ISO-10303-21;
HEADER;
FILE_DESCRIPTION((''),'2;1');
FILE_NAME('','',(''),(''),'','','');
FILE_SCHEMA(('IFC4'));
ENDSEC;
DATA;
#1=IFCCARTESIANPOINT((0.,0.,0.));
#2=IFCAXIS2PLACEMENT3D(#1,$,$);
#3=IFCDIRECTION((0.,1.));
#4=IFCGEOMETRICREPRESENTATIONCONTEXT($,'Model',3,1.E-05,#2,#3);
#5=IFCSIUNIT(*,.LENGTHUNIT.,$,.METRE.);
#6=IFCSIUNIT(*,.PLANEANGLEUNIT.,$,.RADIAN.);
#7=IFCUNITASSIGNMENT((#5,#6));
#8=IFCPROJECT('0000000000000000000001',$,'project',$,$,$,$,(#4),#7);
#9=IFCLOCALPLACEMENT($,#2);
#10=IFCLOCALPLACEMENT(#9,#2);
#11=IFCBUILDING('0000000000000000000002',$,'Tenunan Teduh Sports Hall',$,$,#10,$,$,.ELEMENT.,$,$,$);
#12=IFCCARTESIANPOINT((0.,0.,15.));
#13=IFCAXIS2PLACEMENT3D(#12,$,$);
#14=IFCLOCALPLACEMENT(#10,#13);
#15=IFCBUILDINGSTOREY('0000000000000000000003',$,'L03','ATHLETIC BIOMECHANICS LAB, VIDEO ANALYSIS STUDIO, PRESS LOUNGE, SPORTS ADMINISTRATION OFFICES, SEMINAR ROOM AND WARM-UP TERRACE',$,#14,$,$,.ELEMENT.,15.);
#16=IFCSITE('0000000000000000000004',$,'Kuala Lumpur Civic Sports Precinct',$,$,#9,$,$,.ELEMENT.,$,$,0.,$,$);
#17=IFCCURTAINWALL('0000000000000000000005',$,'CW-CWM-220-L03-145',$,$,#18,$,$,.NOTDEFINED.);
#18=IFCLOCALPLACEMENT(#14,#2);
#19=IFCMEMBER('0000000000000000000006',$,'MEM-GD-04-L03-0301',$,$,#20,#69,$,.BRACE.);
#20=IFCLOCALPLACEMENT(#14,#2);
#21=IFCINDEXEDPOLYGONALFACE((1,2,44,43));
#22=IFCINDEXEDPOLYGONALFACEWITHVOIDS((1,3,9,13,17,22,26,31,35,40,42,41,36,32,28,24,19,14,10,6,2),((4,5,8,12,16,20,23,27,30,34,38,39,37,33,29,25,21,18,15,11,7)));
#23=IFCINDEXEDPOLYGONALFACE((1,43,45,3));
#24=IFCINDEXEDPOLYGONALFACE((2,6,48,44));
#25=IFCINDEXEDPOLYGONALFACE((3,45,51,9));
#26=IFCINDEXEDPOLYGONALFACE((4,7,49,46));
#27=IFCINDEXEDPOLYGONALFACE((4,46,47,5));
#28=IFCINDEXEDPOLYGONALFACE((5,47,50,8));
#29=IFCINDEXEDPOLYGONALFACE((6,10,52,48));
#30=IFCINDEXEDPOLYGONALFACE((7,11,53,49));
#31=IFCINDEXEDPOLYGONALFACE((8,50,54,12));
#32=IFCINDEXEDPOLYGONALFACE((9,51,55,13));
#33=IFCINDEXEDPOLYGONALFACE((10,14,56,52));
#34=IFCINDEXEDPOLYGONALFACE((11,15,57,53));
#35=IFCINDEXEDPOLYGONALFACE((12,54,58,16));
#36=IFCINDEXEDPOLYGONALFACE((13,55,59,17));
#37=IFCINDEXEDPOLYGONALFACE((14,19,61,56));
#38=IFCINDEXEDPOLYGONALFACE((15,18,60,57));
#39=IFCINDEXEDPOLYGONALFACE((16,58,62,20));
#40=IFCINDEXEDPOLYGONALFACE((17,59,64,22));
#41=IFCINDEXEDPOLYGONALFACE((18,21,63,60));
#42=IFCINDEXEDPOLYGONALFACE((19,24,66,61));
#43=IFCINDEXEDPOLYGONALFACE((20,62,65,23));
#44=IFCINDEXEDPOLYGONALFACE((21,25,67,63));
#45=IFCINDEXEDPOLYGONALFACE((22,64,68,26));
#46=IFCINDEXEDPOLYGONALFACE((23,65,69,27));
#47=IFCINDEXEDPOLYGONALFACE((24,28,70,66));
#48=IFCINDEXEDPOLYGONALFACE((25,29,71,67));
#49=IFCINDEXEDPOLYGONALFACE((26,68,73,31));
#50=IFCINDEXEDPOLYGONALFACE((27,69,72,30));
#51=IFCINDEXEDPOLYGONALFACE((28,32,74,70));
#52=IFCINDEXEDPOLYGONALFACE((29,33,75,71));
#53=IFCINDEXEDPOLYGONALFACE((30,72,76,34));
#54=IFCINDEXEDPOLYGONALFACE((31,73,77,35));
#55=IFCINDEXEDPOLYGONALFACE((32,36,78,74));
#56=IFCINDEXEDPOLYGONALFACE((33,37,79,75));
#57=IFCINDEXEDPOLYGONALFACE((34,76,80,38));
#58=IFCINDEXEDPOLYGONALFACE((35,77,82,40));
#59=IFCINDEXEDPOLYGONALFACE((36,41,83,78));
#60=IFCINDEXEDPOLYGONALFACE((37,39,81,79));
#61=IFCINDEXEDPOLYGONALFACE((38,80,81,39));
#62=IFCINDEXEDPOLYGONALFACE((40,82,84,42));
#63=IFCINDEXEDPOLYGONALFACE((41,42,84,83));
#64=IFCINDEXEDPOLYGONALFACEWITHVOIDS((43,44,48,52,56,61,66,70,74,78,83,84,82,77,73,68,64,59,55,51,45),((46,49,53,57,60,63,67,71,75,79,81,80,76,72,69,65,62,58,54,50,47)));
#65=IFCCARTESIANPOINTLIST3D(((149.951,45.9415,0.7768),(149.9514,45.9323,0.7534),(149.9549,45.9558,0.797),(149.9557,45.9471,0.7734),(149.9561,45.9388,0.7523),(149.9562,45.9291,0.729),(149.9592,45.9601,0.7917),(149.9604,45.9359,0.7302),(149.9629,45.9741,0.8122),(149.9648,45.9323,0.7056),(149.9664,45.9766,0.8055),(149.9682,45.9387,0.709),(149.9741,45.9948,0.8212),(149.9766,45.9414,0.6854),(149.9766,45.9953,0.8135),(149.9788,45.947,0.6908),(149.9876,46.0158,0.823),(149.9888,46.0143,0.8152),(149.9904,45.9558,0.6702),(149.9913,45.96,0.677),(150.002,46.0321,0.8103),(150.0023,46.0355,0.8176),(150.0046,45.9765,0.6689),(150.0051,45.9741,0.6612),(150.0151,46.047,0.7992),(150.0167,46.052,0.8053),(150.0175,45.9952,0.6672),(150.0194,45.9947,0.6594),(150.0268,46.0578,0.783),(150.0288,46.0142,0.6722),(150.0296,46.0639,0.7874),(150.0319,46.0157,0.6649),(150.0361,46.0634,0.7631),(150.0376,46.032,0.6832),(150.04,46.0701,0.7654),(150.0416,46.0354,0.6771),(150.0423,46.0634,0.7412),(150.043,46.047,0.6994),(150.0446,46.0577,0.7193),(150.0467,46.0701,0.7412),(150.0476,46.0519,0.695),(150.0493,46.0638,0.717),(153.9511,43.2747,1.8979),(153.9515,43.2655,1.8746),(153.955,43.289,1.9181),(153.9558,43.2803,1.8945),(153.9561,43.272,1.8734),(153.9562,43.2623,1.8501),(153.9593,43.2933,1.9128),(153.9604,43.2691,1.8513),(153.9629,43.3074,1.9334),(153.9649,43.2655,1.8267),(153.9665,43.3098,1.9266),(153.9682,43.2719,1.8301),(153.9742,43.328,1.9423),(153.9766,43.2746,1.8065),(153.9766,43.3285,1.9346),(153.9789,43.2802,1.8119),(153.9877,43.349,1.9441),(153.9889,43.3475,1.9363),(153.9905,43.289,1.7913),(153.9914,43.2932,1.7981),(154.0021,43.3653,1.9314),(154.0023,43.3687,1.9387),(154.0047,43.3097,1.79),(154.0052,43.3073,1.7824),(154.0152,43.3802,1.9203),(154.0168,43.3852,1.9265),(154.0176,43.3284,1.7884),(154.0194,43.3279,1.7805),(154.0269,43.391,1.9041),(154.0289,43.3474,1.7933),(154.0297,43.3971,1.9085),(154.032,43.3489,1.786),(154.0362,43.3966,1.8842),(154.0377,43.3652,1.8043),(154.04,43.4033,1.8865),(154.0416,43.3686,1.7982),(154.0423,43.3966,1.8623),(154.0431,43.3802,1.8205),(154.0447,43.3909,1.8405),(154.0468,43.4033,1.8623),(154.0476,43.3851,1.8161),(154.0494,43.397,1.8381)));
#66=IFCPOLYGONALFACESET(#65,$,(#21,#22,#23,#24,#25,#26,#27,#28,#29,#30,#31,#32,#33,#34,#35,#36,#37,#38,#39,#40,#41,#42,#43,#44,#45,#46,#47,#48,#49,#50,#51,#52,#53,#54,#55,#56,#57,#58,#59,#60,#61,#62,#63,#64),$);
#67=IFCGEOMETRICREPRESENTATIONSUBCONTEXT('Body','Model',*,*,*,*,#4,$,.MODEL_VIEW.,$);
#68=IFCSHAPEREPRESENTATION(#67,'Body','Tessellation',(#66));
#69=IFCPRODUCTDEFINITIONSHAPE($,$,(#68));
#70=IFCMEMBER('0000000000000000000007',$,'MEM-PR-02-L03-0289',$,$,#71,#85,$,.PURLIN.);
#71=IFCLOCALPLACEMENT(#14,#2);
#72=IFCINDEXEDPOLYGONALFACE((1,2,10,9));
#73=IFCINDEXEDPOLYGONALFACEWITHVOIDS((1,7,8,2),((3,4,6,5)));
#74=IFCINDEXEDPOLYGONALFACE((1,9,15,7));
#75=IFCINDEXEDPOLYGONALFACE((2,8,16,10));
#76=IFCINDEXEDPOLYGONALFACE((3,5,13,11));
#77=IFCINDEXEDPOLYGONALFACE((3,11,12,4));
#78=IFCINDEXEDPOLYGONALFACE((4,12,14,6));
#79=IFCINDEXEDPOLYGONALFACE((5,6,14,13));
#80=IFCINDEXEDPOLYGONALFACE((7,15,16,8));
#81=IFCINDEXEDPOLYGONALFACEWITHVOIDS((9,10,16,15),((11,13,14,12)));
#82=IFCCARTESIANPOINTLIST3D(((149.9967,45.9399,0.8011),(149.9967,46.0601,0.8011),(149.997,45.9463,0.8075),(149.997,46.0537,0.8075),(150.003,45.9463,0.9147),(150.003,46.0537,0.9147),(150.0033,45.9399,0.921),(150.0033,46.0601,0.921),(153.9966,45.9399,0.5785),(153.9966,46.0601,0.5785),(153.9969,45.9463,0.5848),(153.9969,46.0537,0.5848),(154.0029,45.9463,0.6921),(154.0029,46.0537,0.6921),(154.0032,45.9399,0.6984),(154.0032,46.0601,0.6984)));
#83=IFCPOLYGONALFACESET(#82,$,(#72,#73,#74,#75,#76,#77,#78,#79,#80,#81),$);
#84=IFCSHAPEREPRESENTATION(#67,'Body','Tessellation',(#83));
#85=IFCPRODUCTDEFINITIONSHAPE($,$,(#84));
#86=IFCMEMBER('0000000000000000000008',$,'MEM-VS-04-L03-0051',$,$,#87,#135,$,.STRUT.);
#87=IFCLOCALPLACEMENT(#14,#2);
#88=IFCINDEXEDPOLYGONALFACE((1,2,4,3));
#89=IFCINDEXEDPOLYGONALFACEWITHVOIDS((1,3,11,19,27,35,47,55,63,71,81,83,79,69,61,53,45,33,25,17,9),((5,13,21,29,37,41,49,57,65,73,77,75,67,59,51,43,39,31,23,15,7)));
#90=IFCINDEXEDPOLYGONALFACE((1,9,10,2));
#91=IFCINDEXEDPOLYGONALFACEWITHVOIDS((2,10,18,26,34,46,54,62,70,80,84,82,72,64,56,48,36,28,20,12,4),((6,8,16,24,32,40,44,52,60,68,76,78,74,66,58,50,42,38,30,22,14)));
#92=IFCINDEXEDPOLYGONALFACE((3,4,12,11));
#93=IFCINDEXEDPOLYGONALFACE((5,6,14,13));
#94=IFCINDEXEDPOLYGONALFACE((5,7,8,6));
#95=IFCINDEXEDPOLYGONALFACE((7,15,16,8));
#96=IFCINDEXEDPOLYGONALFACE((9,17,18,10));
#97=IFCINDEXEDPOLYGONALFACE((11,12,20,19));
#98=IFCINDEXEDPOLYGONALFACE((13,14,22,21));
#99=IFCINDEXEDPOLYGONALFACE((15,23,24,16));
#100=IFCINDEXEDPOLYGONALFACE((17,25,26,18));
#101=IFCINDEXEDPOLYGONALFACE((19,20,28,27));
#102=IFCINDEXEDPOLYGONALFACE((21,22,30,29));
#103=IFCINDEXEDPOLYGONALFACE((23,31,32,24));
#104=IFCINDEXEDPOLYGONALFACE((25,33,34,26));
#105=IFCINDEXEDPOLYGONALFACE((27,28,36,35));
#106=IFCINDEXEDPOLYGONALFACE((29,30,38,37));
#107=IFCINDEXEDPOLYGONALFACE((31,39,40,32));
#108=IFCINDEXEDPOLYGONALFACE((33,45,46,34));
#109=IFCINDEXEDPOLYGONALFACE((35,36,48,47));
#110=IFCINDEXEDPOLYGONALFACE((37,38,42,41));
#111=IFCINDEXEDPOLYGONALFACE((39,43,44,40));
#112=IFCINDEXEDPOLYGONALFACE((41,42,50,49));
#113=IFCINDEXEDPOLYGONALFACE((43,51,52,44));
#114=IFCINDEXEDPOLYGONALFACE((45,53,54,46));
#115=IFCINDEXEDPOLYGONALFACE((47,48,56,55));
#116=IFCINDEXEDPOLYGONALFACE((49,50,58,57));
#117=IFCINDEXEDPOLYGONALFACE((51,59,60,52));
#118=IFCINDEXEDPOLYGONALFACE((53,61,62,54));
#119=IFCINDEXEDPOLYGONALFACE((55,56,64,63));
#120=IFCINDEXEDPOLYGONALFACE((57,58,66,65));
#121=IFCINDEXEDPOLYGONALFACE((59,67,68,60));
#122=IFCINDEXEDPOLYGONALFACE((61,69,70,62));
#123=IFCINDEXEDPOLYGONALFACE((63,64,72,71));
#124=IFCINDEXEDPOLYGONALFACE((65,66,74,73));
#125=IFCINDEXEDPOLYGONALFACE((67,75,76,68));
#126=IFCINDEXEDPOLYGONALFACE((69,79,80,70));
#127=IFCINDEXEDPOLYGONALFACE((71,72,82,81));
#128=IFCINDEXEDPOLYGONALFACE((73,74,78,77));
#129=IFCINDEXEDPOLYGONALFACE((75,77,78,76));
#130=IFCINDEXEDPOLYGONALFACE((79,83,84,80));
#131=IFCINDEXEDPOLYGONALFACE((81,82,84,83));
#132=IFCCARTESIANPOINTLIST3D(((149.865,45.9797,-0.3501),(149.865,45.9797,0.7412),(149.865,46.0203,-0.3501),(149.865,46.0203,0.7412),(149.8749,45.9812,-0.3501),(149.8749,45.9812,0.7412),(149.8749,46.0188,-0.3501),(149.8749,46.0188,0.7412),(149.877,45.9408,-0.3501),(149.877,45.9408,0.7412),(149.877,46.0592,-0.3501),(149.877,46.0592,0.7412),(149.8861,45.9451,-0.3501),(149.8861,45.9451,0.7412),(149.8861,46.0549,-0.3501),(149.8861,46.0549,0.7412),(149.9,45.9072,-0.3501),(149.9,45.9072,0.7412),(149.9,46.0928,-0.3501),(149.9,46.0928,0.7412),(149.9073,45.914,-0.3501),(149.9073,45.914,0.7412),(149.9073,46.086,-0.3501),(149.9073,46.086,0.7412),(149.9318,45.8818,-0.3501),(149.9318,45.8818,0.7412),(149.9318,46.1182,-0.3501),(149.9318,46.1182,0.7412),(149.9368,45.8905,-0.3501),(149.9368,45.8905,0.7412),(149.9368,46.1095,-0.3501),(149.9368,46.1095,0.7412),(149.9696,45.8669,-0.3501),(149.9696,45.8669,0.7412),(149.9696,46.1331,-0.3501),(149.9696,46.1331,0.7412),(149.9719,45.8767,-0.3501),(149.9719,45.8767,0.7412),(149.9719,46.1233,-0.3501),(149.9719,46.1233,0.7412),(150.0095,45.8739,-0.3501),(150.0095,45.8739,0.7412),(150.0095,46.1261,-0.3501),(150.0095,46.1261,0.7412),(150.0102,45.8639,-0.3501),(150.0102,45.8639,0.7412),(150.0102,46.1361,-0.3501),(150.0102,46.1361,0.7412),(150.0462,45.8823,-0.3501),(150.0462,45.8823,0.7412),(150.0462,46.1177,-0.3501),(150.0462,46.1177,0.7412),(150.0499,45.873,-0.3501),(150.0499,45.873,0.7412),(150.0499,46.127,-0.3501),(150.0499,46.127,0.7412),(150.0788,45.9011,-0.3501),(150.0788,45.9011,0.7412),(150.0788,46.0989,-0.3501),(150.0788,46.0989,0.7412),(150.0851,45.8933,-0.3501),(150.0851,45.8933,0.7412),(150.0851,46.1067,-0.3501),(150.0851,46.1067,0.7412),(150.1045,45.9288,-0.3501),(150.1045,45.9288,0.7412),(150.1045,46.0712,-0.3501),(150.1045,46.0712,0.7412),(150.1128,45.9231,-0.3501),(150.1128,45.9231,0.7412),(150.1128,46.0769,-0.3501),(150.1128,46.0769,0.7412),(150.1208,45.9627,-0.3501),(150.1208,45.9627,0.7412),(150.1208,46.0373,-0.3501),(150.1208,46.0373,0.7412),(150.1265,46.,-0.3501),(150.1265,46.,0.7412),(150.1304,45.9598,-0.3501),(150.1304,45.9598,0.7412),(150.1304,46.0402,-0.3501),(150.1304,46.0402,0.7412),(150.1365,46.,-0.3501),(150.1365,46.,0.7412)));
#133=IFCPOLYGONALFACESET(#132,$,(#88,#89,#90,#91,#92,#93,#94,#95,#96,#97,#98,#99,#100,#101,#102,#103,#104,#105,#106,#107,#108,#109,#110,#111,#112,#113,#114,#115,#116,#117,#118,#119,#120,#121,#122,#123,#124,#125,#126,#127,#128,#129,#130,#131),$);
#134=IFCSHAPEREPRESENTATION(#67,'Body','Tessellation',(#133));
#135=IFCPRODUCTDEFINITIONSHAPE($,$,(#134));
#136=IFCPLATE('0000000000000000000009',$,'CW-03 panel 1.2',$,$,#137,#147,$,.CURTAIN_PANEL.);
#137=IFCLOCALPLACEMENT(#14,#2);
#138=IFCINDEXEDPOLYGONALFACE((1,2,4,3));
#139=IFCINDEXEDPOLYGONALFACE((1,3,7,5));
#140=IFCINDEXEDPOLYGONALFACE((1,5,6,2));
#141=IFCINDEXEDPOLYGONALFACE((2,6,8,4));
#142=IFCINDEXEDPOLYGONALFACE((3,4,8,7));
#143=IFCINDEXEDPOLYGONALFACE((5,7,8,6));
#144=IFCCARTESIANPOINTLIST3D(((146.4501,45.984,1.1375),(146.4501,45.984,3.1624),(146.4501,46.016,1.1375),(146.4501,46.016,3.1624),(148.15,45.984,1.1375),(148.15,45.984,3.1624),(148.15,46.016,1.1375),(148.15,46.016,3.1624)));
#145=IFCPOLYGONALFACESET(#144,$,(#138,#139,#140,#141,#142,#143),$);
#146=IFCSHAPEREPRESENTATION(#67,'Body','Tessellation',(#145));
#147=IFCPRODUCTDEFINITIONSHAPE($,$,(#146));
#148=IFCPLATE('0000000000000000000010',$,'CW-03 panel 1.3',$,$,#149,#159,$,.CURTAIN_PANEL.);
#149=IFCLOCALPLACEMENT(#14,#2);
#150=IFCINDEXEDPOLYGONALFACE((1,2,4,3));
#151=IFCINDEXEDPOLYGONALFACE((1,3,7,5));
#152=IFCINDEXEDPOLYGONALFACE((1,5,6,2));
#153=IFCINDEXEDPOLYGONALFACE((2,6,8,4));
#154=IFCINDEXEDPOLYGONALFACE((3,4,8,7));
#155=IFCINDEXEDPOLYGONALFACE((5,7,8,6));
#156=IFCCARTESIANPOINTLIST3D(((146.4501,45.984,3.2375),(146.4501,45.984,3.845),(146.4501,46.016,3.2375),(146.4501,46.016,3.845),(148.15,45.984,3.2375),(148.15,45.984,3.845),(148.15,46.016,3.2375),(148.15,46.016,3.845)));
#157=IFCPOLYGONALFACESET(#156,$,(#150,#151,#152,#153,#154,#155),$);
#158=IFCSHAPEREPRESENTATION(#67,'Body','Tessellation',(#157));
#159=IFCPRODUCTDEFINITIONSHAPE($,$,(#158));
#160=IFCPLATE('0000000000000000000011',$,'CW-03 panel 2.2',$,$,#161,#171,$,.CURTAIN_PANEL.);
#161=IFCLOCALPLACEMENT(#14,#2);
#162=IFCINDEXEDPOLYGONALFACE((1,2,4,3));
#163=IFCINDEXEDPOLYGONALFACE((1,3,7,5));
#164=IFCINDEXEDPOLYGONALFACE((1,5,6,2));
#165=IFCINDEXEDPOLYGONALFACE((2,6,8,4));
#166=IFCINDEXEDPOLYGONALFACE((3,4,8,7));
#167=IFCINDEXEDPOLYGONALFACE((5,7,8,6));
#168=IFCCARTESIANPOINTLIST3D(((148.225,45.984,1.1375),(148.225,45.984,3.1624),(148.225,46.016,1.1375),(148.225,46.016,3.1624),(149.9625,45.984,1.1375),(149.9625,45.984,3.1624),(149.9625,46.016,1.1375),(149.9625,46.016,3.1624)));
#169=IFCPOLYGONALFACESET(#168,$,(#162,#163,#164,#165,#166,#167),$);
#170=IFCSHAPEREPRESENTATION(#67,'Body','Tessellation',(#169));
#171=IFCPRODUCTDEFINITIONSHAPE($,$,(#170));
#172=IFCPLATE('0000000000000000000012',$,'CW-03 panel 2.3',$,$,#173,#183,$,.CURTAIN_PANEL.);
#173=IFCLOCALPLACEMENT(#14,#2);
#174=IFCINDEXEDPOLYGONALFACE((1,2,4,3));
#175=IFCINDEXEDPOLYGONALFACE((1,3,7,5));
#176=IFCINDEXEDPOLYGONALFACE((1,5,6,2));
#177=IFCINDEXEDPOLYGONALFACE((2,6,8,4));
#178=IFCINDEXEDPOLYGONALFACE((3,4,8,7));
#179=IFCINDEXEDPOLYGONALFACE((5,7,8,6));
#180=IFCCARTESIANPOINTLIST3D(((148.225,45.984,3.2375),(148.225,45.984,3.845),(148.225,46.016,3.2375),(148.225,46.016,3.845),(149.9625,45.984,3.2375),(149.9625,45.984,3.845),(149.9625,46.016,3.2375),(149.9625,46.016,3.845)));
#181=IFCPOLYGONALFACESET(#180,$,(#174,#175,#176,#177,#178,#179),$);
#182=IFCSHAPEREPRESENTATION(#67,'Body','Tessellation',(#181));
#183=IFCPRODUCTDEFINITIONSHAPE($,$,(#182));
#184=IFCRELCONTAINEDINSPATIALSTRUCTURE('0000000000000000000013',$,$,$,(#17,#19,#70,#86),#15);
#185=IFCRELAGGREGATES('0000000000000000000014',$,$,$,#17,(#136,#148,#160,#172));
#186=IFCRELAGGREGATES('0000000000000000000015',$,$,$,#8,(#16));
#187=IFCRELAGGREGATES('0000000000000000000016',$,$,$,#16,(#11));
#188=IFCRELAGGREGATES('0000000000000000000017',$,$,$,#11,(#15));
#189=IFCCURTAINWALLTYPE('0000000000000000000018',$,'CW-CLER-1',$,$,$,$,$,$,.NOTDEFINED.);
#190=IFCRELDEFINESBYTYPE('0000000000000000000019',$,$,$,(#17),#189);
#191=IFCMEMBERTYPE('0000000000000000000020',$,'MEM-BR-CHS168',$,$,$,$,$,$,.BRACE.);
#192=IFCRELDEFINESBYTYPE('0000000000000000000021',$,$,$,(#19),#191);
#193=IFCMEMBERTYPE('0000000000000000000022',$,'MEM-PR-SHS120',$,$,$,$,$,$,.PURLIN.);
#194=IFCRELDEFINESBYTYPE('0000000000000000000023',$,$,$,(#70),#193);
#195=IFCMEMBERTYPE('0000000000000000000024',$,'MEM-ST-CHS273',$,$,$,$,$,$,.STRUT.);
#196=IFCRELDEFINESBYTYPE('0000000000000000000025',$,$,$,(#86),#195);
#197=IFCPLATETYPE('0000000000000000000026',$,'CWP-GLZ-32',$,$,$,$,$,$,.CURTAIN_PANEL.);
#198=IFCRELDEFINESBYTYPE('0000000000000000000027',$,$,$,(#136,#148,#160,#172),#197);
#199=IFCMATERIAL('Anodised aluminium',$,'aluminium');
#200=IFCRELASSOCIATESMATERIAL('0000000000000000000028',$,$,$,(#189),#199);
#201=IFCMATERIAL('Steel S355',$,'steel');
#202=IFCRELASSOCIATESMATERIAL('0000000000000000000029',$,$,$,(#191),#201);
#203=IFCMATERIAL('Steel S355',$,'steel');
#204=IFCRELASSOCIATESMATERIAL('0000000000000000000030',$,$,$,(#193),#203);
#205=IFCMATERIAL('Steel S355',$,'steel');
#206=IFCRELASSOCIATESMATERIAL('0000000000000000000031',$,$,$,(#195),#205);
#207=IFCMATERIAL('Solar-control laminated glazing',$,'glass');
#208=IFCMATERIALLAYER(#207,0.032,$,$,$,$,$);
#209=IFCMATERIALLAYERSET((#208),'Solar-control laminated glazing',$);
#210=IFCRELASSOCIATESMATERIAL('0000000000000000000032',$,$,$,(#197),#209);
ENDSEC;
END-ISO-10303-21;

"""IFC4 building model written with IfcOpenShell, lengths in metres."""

from ifc_helpers import new_model, si_unit, direction, frame, origin, origin_2d, place, context, subcontext, project, spatial, rectangle, hollow_rectangle, hollow_circle, extrude, material, layer, layer_set, material_profile, profile_set, type_object, element, aggregate, save


model = new_model("IFC4")

# Units and contexts
model_context = context("Model", 3, precision=1e-05, world=origin(), true_north=direction((0.0, 1.0)))
body_context = subcontext(model_context, "Body", "Model", "MODEL_VIEW")
ifc_project = project(units=[si_unit("LENGTHUNIT", "METRE"), si_unit("PLANEANGLEUNIT", "RADIAN")], contexts=[model_context])

# Site, building, storey
site_placement = place(None, origin())
site = spatial("IfcSite", under=ifc_project, at=site_placement, Name="Kuala Lumpur Civic Sports Precinct", CompositionType="ELEMENT", RefElevation=0.0)
building_placement = place(site_placement, origin())
building = spatial("IfcBuilding", under=site, at=building_placement, Name="Tenunan Teduh Sports Hall", CompositionType="ELEMENT")
storey_placement = place(building_placement, frame((0.0, 0.0, 15.0)))
storey = spatial("IfcBuildingStorey", under=building, at=storey_placement, Name="L03", Description="ATHLETIC BIOMECHANICS LAB, VIDEO ANALYSIS STUDIO, PRESS LOUNGE, SPORTS ADMINISTRATION OFFICES, SEMINAR ROOM AND WARM-UP TERRACE", CompositionType="ELEMENT", Elevation=15.0)

# Curtain wall
ifc_material_1 = material(Name="Anodised aluminium", Category="aluminium")
curtain_wall_type = type_object("IfcCurtainWallType", Name="CW-CLER-1", PredefinedType="NOTDEFINED", material=ifc_material_1)
curtain_wall_placement = place(storey_placement, origin())
curtain_wall = element("IfcCurtainWall", 1, at=curtain_wall_placement, inside=storey, type_object=curtain_wall_type, Name="CW-CWM-220-L03-145", PredefinedType="NOTDEFINED")

# Members
ifc_material_2 = material(Name="Steel S355", Category="steel")
ifc_material_profile_1 = material_profile(ifc_material_2, hollow_circle(Radius=0.0842, WallThickness=0.0081, at=origin_2d()), Name="CHS 168.3x8.0")
ifc_profile_set_1 = profile_set([ifc_material_profile_1], Name="Steel S355")
member_type_1 = type_object("IfcMemberType", Name="MEM-BR-CHS168", PredefinedType="BRACE", material=ifc_profile_set_1)
member_1_placement = place(storey_placement, frame((150.0, 46.0, 0.7412), z_axis=(0.810301, -0.540217, 0.227106), x_axis=(0.554712, 0.832042, 0.0)))
element("IfcMember", 2, at=member_1_placement, inside=storey, type_object=member_type_1, Name="MEM-GD-04-L03-0301", PredefinedType="BRACE", context=body_context, shape_type="SweptSolid", body=[
    extrude(hollow_circle(Radius=0.0842, WallThickness=0.0081, at=origin_2d()), origin(), (0.0, 0.0, 1.0), 4.9365),
])
ifc_material_3 = material(Name="Steel S355", Category="steel")
ifc_material_profile_2 = material_profile(ifc_material_3, hollow_rectangle(XDim=0.1201, YDim=0.1201, WallThickness=0.0063, at=origin_2d()), Name="SHS 120x120x6.3")
ifc_profile_set_2 = profile_set([ifc_material_profile_2], Name="Steel S355")
member_type_2 = type_object("IfcMemberType", Name="MEM-PR-SHS120", PredefinedType="PURLIN", material=ifc_profile_set_2)
member_2_placement = place(storey_placement, frame((150.0, 46.0, 0.8611), z_axis=(0.998454, 0.0, -0.055578), x_axis=(0.0, 1.0, 0.0)))
element("IfcMember", 3, at=member_2_placement, inside=storey, type_object=member_type_2, Name="MEM-PR-02-L03-0289", PredefinedType="PURLIN", context=body_context, shape_type="SweptSolid", body=[
    extrude(hollow_rectangle(XDim=0.1201, YDim=0.1201, WallThickness=0.0063, at=origin_2d()), origin(), (0.0, 0.0, 1.0), 4.0061),
])
ifc_material_4 = material(Name="Steel S355", Category="steel")
ifc_material_profile_3 = material_profile(ifc_material_4, hollow_circle(Radius=0.1365, WallThickness=0.01, at=origin_2d()), Name="CHS 273.0x10.0")
ifc_profile_set_3 = profile_set([ifc_material_profile_3], Name="Steel S355")
member_type_3 = type_object("IfcMemberType", Name="MEM-ST-CHS273", PredefinedType="STRUT", material=ifc_profile_set_3)
member_3_placement = place(storey_placement, frame((150.0, 46.0, -0.3501), z_axis=(0.0, 0.0, 1.0), x_axis=(1.0, 0.0, 0.0)))
element("IfcMember", 4, at=member_3_placement, inside=storey, type_object=member_type_3, Name="MEM-VS-04-L03-0051", PredefinedType="STRUT", context=body_context, shape_type="SweptSolid", body=[
    extrude(hollow_circle(Radius=0.1365, WallThickness=0.01, at=origin_2d()), origin(), (0.0, 0.0, 1.0), 1.0913),
])

# Plates
ifc_material_5 = material(Name="Solar-control laminated glazing", Category="glass")
ifc_layer_1 = layer(ifc_material_5, 0.032)
ifc_layer_set_1 = layer_set([ifc_layer_1], Name="Solar-control laminated glazing")
plate_type_1 = type_object("IfcPlateType", Name="CWP-GLZ-32", PredefinedType="CURTAIN_PANEL", material=ifc_layer_set_1)
plate_1_placement = place(storey_placement, frame((147.3, 46.0, 1.1375), z_axis=(0.0, 0.0, 1.0), x_axis=(1.0, 0.0, 0.0)))
plate_1 = element("IfcPlate", 5, at=plate_1_placement, type_object=plate_type_1, Name="CW-03 panel 1.2", PredefinedType="CURTAIN_PANEL", context=body_context, shape_type="SweptSolid", body=[
    extrude(rectangle(XDim=1.7, YDim=0.032, at=origin_2d()), origin(), (0.0, 0.0, 1.0), 2.0249),
])
plate_2_placement = place(storey_placement, frame((147.3, 46.0, 3.2375), z_axis=(0.0, 0.0, 1.0), x_axis=(1.0, 0.0, 0.0)))
plate_2 = element("IfcPlate", 6, at=plate_2_placement, type_object=plate_type_1, Name="CW-03 panel 1.3", PredefinedType="CURTAIN_PANEL", context=body_context, shape_type="SweptSolid", body=[
    extrude(rectangle(XDim=1.7, YDim=0.032, at=origin_2d()), origin(), (0.0, 0.0, 1.0), 0.6074),
])
plate_3_placement = place(storey_placement, frame((149.0938, 46.0, 1.1375), z_axis=(0.0, 0.0, 1.0), x_axis=(1.0, 0.0, 0.0)))
plate_3 = element("IfcPlate", 7, at=plate_3_placement, type_object=plate_type_1, Name="CW-03 panel 2.2", PredefinedType="CURTAIN_PANEL", context=body_context, shape_type="SweptSolid", body=[
    extrude(rectangle(XDim=1.7375, YDim=0.032, at=origin_2d()), origin(), (0.0, 0.0, 1.0), 2.0249),
])
plate_4_placement = place(storey_placement, frame((149.0938, 46.0, 3.2375), z_axis=(0.0, 0.0, 1.0), x_axis=(1.0, 0.0, 0.0)))
plate_4 = element("IfcPlate", 8, at=plate_4_placement, type_object=plate_type_1, Name="CW-03 panel 2.3", PredefinedType="CURTAIN_PANEL", context=body_context, shape_type="SweptSolid", body=[
    extrude(rectangle(XDim=1.7375, YDim=0.032, at=origin_2d()), origin(), (0.0, 0.0, 1.0), 0.6074),
])
aggregate(curtain_wall, [plate_1, plate_2, plate_3, plate_4])

save(model, "model.ifc")
